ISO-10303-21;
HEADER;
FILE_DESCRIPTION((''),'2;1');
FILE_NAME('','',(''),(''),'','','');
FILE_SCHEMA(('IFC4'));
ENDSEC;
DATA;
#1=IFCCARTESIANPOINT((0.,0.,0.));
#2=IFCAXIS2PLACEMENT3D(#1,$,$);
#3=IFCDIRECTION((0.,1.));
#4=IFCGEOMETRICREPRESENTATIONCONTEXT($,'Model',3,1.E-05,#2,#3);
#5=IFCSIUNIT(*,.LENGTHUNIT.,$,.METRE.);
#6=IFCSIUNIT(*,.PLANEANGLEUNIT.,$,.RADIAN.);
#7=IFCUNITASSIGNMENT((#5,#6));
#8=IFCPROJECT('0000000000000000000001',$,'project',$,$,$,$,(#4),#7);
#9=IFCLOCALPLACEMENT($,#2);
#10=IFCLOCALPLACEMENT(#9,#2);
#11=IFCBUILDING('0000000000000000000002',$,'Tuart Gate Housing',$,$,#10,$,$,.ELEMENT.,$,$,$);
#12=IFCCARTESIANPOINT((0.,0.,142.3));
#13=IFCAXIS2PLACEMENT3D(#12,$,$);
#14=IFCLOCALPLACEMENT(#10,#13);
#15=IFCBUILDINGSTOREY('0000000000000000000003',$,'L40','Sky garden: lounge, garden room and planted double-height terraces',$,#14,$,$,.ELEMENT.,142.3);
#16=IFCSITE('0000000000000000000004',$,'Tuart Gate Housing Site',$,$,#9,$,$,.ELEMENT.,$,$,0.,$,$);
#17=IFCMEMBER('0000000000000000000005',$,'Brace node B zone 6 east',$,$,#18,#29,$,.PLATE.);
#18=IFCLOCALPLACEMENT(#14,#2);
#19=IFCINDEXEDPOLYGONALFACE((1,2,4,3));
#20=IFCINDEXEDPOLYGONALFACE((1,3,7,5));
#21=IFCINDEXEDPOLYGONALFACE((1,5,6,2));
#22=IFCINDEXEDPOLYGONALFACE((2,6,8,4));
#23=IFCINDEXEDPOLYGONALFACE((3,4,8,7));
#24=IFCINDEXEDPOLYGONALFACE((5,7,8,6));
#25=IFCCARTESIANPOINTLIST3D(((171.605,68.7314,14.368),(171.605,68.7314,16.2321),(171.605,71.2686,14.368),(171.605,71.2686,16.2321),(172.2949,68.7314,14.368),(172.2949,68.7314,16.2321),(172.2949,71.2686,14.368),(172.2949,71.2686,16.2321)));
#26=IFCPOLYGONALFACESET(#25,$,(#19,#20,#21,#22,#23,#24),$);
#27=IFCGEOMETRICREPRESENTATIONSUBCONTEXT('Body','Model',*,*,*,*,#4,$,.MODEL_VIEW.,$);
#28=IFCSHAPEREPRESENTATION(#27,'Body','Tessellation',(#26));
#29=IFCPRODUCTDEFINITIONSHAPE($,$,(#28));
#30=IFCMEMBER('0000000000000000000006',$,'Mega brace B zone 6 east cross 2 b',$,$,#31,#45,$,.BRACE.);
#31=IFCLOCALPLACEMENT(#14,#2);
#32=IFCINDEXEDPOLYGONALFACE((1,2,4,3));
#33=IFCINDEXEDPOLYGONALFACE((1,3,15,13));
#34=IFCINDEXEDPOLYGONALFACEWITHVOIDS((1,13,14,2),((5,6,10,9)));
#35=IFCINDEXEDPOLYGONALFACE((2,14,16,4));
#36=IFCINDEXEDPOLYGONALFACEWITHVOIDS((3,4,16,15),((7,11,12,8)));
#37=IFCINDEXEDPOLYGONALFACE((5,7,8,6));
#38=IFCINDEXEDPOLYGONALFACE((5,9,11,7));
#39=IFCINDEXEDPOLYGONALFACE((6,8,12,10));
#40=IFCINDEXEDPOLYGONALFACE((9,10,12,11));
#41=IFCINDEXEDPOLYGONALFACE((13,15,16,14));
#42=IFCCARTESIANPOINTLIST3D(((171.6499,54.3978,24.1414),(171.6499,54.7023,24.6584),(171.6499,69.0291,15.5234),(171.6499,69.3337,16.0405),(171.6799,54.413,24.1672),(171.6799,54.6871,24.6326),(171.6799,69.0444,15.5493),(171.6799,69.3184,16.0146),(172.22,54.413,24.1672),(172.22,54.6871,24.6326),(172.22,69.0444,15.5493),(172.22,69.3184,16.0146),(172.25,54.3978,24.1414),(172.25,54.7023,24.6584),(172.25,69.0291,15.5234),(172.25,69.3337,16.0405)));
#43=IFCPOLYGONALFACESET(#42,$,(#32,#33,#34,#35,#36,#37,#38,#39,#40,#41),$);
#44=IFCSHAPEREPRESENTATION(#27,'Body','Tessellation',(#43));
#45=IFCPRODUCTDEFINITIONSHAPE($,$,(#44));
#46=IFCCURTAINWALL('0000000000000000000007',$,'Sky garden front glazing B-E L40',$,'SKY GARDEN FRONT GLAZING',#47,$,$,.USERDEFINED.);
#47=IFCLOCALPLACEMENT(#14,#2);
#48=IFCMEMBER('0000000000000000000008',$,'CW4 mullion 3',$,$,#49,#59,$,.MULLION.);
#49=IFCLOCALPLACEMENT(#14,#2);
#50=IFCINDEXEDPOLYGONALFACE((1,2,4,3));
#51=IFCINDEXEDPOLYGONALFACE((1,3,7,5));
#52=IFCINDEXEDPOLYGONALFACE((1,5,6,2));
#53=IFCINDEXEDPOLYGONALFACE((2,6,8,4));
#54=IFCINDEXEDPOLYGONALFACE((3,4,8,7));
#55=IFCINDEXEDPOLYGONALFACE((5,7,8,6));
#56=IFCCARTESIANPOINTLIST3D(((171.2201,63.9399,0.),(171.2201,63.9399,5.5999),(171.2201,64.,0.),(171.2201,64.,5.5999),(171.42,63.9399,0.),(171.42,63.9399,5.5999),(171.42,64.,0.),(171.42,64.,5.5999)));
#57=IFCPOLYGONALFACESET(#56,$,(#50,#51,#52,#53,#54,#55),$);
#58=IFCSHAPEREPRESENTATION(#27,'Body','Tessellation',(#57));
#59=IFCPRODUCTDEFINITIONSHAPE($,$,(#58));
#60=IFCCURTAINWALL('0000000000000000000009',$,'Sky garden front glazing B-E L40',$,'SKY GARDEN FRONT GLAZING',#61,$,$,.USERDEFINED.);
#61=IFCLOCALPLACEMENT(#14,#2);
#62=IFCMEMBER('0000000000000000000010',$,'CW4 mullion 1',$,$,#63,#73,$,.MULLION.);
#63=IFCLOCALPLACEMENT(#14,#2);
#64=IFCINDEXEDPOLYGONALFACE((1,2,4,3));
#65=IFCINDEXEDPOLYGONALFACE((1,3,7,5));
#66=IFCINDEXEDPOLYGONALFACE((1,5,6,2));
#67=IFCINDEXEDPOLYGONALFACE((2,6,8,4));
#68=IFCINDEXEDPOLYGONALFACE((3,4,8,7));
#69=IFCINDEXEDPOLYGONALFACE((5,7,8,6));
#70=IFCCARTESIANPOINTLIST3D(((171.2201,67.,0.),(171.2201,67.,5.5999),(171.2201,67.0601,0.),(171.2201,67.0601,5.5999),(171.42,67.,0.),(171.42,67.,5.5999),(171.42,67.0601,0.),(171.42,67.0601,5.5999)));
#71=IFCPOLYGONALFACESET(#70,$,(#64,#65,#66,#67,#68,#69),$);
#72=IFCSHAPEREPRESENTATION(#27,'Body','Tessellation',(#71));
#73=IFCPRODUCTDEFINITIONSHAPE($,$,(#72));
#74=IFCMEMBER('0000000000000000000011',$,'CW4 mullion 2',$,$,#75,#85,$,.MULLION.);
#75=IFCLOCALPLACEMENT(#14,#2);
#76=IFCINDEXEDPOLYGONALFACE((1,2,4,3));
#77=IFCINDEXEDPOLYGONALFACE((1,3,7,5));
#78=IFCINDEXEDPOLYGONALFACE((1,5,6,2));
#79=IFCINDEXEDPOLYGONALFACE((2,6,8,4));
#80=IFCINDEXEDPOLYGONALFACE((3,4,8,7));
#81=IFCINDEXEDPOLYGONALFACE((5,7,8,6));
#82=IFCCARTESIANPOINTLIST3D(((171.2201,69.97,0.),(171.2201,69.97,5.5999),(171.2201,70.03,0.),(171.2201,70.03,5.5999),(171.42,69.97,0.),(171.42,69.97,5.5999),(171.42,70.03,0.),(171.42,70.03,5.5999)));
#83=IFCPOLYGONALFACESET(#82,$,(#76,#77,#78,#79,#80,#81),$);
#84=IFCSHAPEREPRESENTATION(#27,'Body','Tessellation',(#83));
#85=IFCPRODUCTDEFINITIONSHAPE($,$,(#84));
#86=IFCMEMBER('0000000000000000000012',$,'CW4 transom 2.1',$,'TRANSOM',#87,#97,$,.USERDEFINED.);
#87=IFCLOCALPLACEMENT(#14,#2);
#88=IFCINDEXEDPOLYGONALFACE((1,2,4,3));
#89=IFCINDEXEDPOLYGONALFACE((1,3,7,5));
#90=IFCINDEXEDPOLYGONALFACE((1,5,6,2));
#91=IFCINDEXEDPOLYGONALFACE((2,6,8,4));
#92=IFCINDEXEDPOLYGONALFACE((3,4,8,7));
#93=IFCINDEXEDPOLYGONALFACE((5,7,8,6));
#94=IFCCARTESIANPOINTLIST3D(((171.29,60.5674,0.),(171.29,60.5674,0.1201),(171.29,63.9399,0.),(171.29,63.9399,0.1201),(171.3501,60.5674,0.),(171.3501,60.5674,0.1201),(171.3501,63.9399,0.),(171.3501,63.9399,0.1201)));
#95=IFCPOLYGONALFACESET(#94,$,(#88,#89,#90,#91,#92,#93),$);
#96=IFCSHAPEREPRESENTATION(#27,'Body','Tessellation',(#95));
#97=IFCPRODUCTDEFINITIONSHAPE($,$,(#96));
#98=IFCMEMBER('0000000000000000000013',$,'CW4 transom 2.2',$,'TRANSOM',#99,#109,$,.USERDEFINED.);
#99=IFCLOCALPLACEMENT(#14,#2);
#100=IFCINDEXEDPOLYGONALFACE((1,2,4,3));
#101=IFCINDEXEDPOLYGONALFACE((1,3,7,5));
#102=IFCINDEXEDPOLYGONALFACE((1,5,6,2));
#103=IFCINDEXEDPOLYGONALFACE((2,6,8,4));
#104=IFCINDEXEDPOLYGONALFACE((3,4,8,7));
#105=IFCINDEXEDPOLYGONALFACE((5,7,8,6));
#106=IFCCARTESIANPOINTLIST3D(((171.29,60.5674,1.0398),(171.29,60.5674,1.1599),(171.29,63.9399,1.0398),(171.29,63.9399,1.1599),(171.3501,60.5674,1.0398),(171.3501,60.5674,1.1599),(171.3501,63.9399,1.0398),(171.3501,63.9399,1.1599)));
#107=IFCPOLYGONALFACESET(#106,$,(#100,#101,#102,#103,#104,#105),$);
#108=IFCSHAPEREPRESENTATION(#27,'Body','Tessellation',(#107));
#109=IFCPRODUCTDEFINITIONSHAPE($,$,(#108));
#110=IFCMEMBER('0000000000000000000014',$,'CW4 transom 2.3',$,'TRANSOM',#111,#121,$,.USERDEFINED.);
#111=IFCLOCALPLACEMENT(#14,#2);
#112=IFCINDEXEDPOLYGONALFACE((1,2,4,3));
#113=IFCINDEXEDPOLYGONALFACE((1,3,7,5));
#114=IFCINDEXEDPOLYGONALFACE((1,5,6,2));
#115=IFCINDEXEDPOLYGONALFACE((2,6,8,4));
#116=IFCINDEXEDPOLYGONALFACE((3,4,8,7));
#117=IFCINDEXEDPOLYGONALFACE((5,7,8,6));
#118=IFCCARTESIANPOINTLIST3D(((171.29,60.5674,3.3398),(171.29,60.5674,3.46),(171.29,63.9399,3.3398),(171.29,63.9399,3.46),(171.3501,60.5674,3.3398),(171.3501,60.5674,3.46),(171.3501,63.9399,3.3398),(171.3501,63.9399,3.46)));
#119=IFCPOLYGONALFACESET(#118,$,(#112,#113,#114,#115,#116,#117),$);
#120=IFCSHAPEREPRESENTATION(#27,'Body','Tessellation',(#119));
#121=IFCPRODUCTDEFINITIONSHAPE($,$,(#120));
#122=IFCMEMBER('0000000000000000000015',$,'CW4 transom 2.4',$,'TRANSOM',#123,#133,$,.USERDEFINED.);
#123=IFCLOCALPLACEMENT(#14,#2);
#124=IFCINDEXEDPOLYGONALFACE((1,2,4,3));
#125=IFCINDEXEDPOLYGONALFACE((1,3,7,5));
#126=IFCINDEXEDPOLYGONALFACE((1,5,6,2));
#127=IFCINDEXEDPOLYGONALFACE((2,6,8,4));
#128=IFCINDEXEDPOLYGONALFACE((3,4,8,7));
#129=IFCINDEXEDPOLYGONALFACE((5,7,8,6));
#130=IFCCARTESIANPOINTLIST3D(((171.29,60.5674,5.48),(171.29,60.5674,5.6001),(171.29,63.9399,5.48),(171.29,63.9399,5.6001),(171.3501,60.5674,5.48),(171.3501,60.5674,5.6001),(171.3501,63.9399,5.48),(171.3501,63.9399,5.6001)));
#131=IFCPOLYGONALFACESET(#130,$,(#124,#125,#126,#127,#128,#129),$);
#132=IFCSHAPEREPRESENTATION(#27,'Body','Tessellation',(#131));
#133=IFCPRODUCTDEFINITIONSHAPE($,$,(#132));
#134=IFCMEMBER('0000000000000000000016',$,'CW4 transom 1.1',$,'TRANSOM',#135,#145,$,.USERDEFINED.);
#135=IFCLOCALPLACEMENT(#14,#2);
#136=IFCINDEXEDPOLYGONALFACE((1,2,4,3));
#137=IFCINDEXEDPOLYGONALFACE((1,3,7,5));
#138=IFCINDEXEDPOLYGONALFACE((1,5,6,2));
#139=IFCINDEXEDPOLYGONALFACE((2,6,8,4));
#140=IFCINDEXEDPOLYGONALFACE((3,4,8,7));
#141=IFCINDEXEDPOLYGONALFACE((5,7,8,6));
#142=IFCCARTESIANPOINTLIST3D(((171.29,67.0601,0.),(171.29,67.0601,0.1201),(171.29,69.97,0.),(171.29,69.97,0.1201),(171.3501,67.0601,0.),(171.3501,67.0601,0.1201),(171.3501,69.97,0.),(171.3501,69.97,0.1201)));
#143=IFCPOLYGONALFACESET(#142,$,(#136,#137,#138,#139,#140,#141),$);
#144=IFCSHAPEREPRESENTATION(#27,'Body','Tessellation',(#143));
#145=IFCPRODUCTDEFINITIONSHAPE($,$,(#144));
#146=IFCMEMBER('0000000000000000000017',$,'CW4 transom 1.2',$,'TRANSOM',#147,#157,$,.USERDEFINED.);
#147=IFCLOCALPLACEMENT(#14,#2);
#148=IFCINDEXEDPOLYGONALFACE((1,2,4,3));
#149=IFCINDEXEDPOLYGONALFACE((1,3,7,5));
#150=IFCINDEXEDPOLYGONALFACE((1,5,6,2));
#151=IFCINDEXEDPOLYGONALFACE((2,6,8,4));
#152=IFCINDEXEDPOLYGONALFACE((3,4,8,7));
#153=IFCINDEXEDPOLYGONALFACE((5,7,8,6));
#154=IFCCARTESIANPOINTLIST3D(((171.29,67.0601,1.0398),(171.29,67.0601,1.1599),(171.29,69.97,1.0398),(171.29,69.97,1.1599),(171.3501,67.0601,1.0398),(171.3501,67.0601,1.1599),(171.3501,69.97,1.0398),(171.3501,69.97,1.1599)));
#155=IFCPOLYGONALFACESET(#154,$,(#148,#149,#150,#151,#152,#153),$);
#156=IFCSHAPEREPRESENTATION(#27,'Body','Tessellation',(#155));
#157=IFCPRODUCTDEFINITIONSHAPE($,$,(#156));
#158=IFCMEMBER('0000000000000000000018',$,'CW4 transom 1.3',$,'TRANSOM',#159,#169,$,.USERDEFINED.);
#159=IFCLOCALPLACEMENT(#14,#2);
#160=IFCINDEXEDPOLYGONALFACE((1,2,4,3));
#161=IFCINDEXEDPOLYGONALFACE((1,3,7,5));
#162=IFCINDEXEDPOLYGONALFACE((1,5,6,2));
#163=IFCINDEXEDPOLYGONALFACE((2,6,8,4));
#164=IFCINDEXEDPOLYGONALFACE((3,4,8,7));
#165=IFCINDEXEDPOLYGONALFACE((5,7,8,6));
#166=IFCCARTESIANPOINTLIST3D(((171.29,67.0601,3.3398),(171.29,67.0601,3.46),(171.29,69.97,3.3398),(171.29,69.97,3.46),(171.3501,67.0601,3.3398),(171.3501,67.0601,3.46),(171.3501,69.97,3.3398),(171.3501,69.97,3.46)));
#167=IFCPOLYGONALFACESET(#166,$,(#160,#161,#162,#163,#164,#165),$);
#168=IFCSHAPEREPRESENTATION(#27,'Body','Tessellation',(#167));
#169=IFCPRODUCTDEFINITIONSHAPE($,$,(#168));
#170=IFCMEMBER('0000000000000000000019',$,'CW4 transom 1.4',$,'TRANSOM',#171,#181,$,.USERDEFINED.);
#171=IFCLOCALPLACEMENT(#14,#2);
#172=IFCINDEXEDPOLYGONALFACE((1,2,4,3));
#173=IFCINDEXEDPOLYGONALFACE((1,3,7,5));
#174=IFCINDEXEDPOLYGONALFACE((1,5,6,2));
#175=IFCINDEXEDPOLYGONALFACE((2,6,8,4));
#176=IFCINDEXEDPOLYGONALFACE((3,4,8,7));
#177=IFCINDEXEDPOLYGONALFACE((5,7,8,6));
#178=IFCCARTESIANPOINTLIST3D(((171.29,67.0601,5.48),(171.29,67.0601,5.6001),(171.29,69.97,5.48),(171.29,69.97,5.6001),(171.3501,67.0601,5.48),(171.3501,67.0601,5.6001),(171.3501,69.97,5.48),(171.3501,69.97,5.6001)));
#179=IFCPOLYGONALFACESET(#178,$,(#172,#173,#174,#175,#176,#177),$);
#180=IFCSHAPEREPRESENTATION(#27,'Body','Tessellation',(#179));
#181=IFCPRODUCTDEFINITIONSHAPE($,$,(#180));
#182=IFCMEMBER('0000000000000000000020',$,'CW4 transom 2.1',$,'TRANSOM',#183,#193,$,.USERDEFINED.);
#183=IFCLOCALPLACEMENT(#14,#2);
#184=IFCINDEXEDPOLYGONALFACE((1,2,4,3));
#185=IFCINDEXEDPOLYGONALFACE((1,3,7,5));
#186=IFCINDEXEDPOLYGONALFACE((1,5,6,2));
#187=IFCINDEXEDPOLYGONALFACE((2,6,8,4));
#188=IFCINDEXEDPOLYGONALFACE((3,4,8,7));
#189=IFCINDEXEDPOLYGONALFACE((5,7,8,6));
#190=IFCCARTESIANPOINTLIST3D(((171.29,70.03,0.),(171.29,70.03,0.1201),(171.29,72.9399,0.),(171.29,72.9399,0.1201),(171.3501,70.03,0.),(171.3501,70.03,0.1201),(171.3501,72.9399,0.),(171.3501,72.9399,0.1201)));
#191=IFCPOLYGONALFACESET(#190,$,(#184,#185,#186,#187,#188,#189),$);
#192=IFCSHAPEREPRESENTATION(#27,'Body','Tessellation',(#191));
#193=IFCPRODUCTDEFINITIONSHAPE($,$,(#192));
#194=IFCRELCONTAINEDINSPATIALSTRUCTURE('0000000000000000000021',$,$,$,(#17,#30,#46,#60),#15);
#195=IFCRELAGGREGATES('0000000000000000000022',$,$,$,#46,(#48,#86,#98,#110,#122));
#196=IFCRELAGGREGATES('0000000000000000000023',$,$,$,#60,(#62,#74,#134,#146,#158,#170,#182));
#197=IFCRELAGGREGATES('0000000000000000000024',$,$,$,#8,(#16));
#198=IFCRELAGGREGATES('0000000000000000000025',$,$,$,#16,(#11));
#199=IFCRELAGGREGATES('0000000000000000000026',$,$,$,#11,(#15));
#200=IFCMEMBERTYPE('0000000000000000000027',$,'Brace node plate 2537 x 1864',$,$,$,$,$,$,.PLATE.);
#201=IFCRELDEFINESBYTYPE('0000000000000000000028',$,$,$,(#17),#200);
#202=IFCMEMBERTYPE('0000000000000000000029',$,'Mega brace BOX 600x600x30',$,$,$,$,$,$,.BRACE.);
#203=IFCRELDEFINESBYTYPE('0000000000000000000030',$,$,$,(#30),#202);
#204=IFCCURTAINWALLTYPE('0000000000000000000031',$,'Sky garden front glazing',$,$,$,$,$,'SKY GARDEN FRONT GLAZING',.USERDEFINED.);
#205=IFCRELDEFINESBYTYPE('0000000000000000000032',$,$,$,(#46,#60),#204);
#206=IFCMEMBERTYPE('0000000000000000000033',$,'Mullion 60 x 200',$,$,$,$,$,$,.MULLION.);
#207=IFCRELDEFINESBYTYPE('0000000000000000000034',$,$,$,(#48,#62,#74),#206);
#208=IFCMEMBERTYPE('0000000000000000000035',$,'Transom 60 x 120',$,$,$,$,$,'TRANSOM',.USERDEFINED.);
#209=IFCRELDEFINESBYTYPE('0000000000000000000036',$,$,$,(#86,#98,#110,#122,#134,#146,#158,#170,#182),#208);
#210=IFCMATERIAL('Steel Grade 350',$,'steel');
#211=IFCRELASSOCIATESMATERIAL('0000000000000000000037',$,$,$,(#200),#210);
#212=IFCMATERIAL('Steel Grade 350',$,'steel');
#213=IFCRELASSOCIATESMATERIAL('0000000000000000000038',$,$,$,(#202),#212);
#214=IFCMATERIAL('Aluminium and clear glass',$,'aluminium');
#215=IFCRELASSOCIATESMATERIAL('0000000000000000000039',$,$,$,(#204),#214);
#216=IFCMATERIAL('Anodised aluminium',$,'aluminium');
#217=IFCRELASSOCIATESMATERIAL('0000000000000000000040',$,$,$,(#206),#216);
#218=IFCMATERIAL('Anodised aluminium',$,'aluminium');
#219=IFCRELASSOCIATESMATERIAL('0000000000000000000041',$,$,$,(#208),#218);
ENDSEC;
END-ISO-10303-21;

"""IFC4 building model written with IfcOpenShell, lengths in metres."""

from ifc_helpers import new_model, si_unit, direction, frame, origin, origin_2d, place, context, subcontext, project, spatial, rectangle, hollow_rectangle, extrude, material, material_profile, profile_set, type_object, element, aggregate, save


model = new_model("IFC4")

# Units and contexts
model_context = context("Model", 3, precision=1e-05, world=origin(), true_north=direction((0.0, 1.0)))
body_context = subcontext(model_context, "Body", "Model", "MODEL_VIEW")
ifc_project = project(units=[si_unit("LENGTHUNIT", "METRE"), si_unit("PLANEANGLEUNIT", "RADIAN")], contexts=[model_context])

# Site, building, storey
site_placement = place(None, origin())
site = spatial("IfcSite", under=ifc_project, at=site_placement, Name="Tuart Gate Housing Site", CompositionType="ELEMENT", RefElevation=0.0)
building_placement = place(site_placement, origin())
building = spatial("IfcBuilding", under=site, at=building_placement, Name="Tuart Gate Housing", CompositionType="ELEMENT")
storey_placement = place(building_placement, frame((0.0, 0.0, 142.3)))
storey = spatial("IfcBuildingStorey", under=building, at=storey_placement, Name="L40", Description="Sky garden: lounge, garden room and planted double-height terraces", CompositionType="ELEMENT", Elevation=142.3)

# Members
ifc_material_1 = material(Name="Steel Grade 350", Category="steel")
ifc_material_profile_1 = material_profile(ifc_material_1, rectangle(XDim=2.5371, YDim=1.864, at=origin_2d()), Name="Brace node plate 2537 x 1864")
ifc_profile_set_1 = profile_set([ifc_material_profile_1], Name="Steel Grade 350")
member_type_1 = type_object("IfcMemberType", Name="Brace node plate 2537 x 1864", PredefinedType="PLATE", material=ifc_profile_set_1)
member_1_placement = place(storey_placement, frame((171.605, 70.0, 15.3), z_axis=(1.0, 0.0, 0.0), x_axis=(0.0, 1.0, 0.0)))
element("IfcMember", 1, at=member_1_placement, inside=storey, type_object=member_type_1, Name="Brace node B zone 6 east", PredefinedType="PLATE", context=body_context, shape_type="SweptSolid", body=[
    extrude(rectangle(XDim=2.5371, YDim=1.864, at=origin_2d()), origin(), (0.0, 0.0, 1.0), 0.6899),
])
ifc_material_2 = material(Name="Steel Grade 350", Category="steel")
ifc_material_profile_2 = material_profile(ifc_material_2, hollow_rectangle(XDim=0.6001, YDim=0.6001, WallThickness=0.03, at=origin_2d()), Name="BOX 600x600x30")
ifc_profile_set_2 = profile_set([ifc_material_profile_2], Name="Steel Grade 350")
member_type_2 = type_object("IfcMemberType", Name="Mega brace BOX 600x600x30", PredefinedType="BRACE", material=ifc_profile_set_2)
member_2_placement = place(storey_placement, frame((171.95, 69.1814, 15.782), z_axis=(0.0, -0.861645, 0.507512), x_axis=(1.0, 0.0, 0.0)))
element("IfcMember", 2, at=member_2_placement, inside=storey, type_object=member_type_2, Name="Mega brace B zone 6 east cross 2 b", PredefinedType="BRACE", context=body_context, shape_type="SweptSolid", body=[
    extrude(hollow_rectangle(XDim=0.6001, YDim=0.6001, WallThickness=0.03, at=origin_2d()), origin(), (0.0, 0.0, 1.0), 16.9807),
])

# Curtain wall, member
ifc_material_3 = material(Name="Aluminium and clear glass", Category="aluminium")
curtain_wall_type = type_object("IfcCurtainWallType", Name="Sky garden front glazing", ElementType="SKY GARDEN FRONT GLAZING", PredefinedType="USERDEFINED", material=ifc_material_3)
curtain_wall_1_placement = place(storey_placement, origin())
curtain_wall_1 = element("IfcCurtainWall", 3, at=curtain_wall_1_placement, inside=storey, type_object=curtain_wall_type, Name="Sky garden front glazing B-E L40", ObjectType="SKY GARDEN FRONT GLAZING", PredefinedType="USERDEFINED")
ifc_material_4 = material(Name="Anodised aluminium", Category="aluminium")
ifc_material_profile_3 = material_profile(ifc_material_4, rectangle(XDim=0.0601, YDim=0.2, at=origin_2d()), Name="60x200")
ifc_profile_set_3 = profile_set([ifc_material_profile_3], Name="Anodised aluminium")
member_type_3 = type_object("IfcMemberType", Name="Mullion 60 x 200", PredefinedType="MULLION", material=ifc_profile_set_3)
member_3_placement = place(storey_placement, frame((171.3201, 63.97, 0.0), z_axis=(0.0, 0.0, 1.0), x_axis=(0.0, 1.0, 0.0)))
member_3 = element("IfcMember", 4, at=member_3_placement, type_object=member_type_3, Name="CW4 mullion 3", PredefinedType="MULLION", context=body_context, shape_type="SweptSolid", body=[
    extrude(rectangle(XDim=0.0601, YDim=0.2, at=origin_2d()), origin(), (0.0, 0.0, 1.0), 5.5999),
])

# Curtain wall, members
curtain_wall_2_placement = place(storey_placement, origin())
curtain_wall_2 = element("IfcCurtainWall", 5, at=curtain_wall_2_placement, inside=storey, type_object=curtain_wall_type, Name="Sky garden front glazing B-E L40", ObjectType="SKY GARDEN FRONT GLAZING", PredefinedType="USERDEFINED")
member_4_placement = place(storey_placement, frame((171.3201, 67.03, 0.0), z_axis=(0.0, 0.0, 1.0), x_axis=(0.0, 1.0, 0.0)))
member_4 = element("IfcMember", 6, at=member_4_placement, type_object=member_type_3, Name="CW4 mullion 1", PredefinedType="MULLION", context=body_context, shape_type="SweptSolid", body=[
    extrude(rectangle(XDim=0.0601, YDim=0.2, at=origin_2d()), origin(), (0.0, 0.0, 1.0), 5.5999),
])
member_5_placement = place(storey_placement, frame((171.3201, 70.0, 0.0), z_axis=(0.0, 0.0, 1.0), x_axis=(0.0, 1.0, 0.0)))
member_5 = element("IfcMember", 7, at=member_5_placement, type_object=member_type_3, Name="CW4 mullion 2", PredefinedType="MULLION", context=body_context, shape_type="SweptSolid", body=[
    extrude(rectangle(XDim=0.0601, YDim=0.2, at=origin_2d()), origin(), (0.0, 0.0, 1.0), 5.5999),
])

# Members
ifc_material_5 = material(Name="Anodised aluminium", Category="aluminium")
ifc_material_profile_4 = material_profile(ifc_material_5, rectangle(XDim=0.0601, YDim=0.1201, at=origin_2d()), Name="60x120")
ifc_profile_set_4 = profile_set([ifc_material_profile_4], Name="Anodised aluminium")
member_type_4 = type_object("IfcMemberType", Name="Transom 60 x 120", ElementType="TRANSOM", PredefinedType="USERDEFINED", material=ifc_profile_set_4)
member_6_placement = place(storey_placement, frame((171.3201, 60.5674, 0.0601), z_axis=(0.0, 1.0, 0.0), x_axis=(-1.0, 0.0, 0.0)))
member_6 = element("IfcMember", 8, at=member_6_placement, type_object=member_type_4, Name="CW4 transom 2.1", ObjectType="TRANSOM", PredefinedType="USERDEFINED", context=body_context, shape_type="SweptSolid", body=[
    extrude(rectangle(XDim=0.0601, YDim=0.1201, at=origin_2d()), origin(), (0.0, 0.0, 1.0), 3.3726),
])
member_7_placement = place(storey_placement, frame((171.3201, 60.5674, 1.0999), z_axis=(0.0, 1.0, 0.0), x_axis=(-1.0, 0.0, 0.0)))
member_7 = element("IfcMember", 9, at=member_7_placement, type_object=member_type_4, Name="CW4 transom 2.2", ObjectType="TRANSOM", PredefinedType="USERDEFINED", context=body_context, shape_type="SweptSolid", body=[
    extrude(rectangle(XDim=0.0601, YDim=0.1201, at=origin_2d()), origin(), (0.0, 0.0, 1.0), 3.3726),
])
member_8_placement = place(storey_placement, frame((171.3201, 60.5674, 3.3999), z_axis=(0.0, 1.0, 0.0), x_axis=(-1.0, 0.0, 0.0)))
member_8 = element("IfcMember", 10, at=member_8_placement, type_object=member_type_4, Name="CW4 transom 2.3", ObjectType="TRANSOM", PredefinedType="USERDEFINED", context=body_context, shape_type="SweptSolid", body=[
    extrude(rectangle(XDim=0.0601, YDim=0.1201, at=origin_2d()), origin(), (0.0, 0.0, 1.0), 3.3726),
])
member_9_placement = place(storey_placement, frame((171.3201, 60.5674, 5.54), z_axis=(0.0, 1.0, 0.0), x_axis=(-1.0, 0.0, 0.0)))
member_9 = element("IfcMember", 11, at=member_9_placement, type_object=member_type_4, Name="CW4 transom 2.4", ObjectType="TRANSOM", PredefinedType="USERDEFINED", context=body_context, shape_type="SweptSolid", body=[
    extrude(rectangle(XDim=0.0601, YDim=0.1201, at=origin_2d()), origin(), (0.0, 0.0, 1.0), 3.3726),
])
member_10_placement = place(storey_placement, frame((171.3201, 67.0601, 0.0601), z_axis=(0.0, 1.0, 0.0), x_axis=(-1.0, 0.0, 0.0)))
member_10 = element("IfcMember", 12, at=member_10_placement, type_object=member_type_4, Name="CW4 transom 1.1", ObjectType="TRANSOM", PredefinedType="USERDEFINED", context=body_context, shape_type="SweptSolid", body=[
    extrude(rectangle(XDim=0.0601, YDim=0.1201, at=origin_2d()), origin(), (0.0, 0.0, 1.0), 2.9099),
])
member_11_placement = place(storey_placement, frame((171.3201, 67.0601, 1.0999), z_axis=(0.0, 1.0, 0.0), x_axis=(-1.0, 0.0, 0.0)))
member_11 = element("IfcMember", 13, at=member_11_placement, type_object=member_type_4, Name="CW4 transom 1.2", ObjectType="TRANSOM", PredefinedType="USERDEFINED", context=body_context, shape_type="SweptSolid", body=[
    extrude(rectangle(XDim=0.0601, YDim=0.1201, at=origin_2d()), origin(), (0.0, 0.0, 1.0), 2.9099),
])
member_12_placement = place(storey_placement, frame((171.3201, 67.0601, 3.3999), z_axis=(0.0, 1.0, 0.0), x_axis=(-1.0, 0.0, 0.0)))
member_12 = element("IfcMember", 14, at=member_12_placement, type_object=member_type_4, Name="CW4 transom 1.3", ObjectType="TRANSOM", PredefinedType="USERDEFINED", context=body_context, shape_type="SweptSolid", body=[
    extrude(rectangle(XDim=0.0601, YDim=0.1201, at=origin_2d()), origin(), (0.0, 0.0, 1.0), 2.9099),
])
member_13_placement = place(storey_placement, frame((171.3201, 67.0601, 5.54), z_axis=(0.0, 1.0, 0.0), x_axis=(-1.0, 0.0, 0.0)))
member_13 = element("IfcMember", 15, at=member_13_placement, type_object=member_type_4, Name="CW4 transom 1.4", ObjectType="TRANSOM", PredefinedType="USERDEFINED", context=body_context, shape_type="SweptSolid", body=[
    extrude(rectangle(XDim=0.0601, YDim=0.1201, at=origin_2d()), origin(), (0.0, 0.0, 1.0), 2.9099),
])
member_14_placement = place(storey_placement, frame((171.3201, 70.03, 0.0601), z_axis=(0.0, 1.0, 0.0), x_axis=(-1.0, 0.0, 0.0)))
member_14 = element("IfcMember", 16, at=member_14_placement, type_object=member_type_4, Name="CW4 transom 2.1", ObjectType="TRANSOM", PredefinedType="USERDEFINED", context=body_context, shape_type="SweptSolid", body=[
    extrude(rectangle(XDim=0.0601, YDim=0.1201, at=origin_2d()), origin(), (0.0, 0.0, 1.0), 2.9099),
])

aggregate(curtain_wall_1, [member_3, member_6, member_7, member_8, member_9])
aggregate(curtain_wall_2, [member_4, member_5, member_10, member_11, member_12, member_13, member_14])

save(model, "model.ifc")
